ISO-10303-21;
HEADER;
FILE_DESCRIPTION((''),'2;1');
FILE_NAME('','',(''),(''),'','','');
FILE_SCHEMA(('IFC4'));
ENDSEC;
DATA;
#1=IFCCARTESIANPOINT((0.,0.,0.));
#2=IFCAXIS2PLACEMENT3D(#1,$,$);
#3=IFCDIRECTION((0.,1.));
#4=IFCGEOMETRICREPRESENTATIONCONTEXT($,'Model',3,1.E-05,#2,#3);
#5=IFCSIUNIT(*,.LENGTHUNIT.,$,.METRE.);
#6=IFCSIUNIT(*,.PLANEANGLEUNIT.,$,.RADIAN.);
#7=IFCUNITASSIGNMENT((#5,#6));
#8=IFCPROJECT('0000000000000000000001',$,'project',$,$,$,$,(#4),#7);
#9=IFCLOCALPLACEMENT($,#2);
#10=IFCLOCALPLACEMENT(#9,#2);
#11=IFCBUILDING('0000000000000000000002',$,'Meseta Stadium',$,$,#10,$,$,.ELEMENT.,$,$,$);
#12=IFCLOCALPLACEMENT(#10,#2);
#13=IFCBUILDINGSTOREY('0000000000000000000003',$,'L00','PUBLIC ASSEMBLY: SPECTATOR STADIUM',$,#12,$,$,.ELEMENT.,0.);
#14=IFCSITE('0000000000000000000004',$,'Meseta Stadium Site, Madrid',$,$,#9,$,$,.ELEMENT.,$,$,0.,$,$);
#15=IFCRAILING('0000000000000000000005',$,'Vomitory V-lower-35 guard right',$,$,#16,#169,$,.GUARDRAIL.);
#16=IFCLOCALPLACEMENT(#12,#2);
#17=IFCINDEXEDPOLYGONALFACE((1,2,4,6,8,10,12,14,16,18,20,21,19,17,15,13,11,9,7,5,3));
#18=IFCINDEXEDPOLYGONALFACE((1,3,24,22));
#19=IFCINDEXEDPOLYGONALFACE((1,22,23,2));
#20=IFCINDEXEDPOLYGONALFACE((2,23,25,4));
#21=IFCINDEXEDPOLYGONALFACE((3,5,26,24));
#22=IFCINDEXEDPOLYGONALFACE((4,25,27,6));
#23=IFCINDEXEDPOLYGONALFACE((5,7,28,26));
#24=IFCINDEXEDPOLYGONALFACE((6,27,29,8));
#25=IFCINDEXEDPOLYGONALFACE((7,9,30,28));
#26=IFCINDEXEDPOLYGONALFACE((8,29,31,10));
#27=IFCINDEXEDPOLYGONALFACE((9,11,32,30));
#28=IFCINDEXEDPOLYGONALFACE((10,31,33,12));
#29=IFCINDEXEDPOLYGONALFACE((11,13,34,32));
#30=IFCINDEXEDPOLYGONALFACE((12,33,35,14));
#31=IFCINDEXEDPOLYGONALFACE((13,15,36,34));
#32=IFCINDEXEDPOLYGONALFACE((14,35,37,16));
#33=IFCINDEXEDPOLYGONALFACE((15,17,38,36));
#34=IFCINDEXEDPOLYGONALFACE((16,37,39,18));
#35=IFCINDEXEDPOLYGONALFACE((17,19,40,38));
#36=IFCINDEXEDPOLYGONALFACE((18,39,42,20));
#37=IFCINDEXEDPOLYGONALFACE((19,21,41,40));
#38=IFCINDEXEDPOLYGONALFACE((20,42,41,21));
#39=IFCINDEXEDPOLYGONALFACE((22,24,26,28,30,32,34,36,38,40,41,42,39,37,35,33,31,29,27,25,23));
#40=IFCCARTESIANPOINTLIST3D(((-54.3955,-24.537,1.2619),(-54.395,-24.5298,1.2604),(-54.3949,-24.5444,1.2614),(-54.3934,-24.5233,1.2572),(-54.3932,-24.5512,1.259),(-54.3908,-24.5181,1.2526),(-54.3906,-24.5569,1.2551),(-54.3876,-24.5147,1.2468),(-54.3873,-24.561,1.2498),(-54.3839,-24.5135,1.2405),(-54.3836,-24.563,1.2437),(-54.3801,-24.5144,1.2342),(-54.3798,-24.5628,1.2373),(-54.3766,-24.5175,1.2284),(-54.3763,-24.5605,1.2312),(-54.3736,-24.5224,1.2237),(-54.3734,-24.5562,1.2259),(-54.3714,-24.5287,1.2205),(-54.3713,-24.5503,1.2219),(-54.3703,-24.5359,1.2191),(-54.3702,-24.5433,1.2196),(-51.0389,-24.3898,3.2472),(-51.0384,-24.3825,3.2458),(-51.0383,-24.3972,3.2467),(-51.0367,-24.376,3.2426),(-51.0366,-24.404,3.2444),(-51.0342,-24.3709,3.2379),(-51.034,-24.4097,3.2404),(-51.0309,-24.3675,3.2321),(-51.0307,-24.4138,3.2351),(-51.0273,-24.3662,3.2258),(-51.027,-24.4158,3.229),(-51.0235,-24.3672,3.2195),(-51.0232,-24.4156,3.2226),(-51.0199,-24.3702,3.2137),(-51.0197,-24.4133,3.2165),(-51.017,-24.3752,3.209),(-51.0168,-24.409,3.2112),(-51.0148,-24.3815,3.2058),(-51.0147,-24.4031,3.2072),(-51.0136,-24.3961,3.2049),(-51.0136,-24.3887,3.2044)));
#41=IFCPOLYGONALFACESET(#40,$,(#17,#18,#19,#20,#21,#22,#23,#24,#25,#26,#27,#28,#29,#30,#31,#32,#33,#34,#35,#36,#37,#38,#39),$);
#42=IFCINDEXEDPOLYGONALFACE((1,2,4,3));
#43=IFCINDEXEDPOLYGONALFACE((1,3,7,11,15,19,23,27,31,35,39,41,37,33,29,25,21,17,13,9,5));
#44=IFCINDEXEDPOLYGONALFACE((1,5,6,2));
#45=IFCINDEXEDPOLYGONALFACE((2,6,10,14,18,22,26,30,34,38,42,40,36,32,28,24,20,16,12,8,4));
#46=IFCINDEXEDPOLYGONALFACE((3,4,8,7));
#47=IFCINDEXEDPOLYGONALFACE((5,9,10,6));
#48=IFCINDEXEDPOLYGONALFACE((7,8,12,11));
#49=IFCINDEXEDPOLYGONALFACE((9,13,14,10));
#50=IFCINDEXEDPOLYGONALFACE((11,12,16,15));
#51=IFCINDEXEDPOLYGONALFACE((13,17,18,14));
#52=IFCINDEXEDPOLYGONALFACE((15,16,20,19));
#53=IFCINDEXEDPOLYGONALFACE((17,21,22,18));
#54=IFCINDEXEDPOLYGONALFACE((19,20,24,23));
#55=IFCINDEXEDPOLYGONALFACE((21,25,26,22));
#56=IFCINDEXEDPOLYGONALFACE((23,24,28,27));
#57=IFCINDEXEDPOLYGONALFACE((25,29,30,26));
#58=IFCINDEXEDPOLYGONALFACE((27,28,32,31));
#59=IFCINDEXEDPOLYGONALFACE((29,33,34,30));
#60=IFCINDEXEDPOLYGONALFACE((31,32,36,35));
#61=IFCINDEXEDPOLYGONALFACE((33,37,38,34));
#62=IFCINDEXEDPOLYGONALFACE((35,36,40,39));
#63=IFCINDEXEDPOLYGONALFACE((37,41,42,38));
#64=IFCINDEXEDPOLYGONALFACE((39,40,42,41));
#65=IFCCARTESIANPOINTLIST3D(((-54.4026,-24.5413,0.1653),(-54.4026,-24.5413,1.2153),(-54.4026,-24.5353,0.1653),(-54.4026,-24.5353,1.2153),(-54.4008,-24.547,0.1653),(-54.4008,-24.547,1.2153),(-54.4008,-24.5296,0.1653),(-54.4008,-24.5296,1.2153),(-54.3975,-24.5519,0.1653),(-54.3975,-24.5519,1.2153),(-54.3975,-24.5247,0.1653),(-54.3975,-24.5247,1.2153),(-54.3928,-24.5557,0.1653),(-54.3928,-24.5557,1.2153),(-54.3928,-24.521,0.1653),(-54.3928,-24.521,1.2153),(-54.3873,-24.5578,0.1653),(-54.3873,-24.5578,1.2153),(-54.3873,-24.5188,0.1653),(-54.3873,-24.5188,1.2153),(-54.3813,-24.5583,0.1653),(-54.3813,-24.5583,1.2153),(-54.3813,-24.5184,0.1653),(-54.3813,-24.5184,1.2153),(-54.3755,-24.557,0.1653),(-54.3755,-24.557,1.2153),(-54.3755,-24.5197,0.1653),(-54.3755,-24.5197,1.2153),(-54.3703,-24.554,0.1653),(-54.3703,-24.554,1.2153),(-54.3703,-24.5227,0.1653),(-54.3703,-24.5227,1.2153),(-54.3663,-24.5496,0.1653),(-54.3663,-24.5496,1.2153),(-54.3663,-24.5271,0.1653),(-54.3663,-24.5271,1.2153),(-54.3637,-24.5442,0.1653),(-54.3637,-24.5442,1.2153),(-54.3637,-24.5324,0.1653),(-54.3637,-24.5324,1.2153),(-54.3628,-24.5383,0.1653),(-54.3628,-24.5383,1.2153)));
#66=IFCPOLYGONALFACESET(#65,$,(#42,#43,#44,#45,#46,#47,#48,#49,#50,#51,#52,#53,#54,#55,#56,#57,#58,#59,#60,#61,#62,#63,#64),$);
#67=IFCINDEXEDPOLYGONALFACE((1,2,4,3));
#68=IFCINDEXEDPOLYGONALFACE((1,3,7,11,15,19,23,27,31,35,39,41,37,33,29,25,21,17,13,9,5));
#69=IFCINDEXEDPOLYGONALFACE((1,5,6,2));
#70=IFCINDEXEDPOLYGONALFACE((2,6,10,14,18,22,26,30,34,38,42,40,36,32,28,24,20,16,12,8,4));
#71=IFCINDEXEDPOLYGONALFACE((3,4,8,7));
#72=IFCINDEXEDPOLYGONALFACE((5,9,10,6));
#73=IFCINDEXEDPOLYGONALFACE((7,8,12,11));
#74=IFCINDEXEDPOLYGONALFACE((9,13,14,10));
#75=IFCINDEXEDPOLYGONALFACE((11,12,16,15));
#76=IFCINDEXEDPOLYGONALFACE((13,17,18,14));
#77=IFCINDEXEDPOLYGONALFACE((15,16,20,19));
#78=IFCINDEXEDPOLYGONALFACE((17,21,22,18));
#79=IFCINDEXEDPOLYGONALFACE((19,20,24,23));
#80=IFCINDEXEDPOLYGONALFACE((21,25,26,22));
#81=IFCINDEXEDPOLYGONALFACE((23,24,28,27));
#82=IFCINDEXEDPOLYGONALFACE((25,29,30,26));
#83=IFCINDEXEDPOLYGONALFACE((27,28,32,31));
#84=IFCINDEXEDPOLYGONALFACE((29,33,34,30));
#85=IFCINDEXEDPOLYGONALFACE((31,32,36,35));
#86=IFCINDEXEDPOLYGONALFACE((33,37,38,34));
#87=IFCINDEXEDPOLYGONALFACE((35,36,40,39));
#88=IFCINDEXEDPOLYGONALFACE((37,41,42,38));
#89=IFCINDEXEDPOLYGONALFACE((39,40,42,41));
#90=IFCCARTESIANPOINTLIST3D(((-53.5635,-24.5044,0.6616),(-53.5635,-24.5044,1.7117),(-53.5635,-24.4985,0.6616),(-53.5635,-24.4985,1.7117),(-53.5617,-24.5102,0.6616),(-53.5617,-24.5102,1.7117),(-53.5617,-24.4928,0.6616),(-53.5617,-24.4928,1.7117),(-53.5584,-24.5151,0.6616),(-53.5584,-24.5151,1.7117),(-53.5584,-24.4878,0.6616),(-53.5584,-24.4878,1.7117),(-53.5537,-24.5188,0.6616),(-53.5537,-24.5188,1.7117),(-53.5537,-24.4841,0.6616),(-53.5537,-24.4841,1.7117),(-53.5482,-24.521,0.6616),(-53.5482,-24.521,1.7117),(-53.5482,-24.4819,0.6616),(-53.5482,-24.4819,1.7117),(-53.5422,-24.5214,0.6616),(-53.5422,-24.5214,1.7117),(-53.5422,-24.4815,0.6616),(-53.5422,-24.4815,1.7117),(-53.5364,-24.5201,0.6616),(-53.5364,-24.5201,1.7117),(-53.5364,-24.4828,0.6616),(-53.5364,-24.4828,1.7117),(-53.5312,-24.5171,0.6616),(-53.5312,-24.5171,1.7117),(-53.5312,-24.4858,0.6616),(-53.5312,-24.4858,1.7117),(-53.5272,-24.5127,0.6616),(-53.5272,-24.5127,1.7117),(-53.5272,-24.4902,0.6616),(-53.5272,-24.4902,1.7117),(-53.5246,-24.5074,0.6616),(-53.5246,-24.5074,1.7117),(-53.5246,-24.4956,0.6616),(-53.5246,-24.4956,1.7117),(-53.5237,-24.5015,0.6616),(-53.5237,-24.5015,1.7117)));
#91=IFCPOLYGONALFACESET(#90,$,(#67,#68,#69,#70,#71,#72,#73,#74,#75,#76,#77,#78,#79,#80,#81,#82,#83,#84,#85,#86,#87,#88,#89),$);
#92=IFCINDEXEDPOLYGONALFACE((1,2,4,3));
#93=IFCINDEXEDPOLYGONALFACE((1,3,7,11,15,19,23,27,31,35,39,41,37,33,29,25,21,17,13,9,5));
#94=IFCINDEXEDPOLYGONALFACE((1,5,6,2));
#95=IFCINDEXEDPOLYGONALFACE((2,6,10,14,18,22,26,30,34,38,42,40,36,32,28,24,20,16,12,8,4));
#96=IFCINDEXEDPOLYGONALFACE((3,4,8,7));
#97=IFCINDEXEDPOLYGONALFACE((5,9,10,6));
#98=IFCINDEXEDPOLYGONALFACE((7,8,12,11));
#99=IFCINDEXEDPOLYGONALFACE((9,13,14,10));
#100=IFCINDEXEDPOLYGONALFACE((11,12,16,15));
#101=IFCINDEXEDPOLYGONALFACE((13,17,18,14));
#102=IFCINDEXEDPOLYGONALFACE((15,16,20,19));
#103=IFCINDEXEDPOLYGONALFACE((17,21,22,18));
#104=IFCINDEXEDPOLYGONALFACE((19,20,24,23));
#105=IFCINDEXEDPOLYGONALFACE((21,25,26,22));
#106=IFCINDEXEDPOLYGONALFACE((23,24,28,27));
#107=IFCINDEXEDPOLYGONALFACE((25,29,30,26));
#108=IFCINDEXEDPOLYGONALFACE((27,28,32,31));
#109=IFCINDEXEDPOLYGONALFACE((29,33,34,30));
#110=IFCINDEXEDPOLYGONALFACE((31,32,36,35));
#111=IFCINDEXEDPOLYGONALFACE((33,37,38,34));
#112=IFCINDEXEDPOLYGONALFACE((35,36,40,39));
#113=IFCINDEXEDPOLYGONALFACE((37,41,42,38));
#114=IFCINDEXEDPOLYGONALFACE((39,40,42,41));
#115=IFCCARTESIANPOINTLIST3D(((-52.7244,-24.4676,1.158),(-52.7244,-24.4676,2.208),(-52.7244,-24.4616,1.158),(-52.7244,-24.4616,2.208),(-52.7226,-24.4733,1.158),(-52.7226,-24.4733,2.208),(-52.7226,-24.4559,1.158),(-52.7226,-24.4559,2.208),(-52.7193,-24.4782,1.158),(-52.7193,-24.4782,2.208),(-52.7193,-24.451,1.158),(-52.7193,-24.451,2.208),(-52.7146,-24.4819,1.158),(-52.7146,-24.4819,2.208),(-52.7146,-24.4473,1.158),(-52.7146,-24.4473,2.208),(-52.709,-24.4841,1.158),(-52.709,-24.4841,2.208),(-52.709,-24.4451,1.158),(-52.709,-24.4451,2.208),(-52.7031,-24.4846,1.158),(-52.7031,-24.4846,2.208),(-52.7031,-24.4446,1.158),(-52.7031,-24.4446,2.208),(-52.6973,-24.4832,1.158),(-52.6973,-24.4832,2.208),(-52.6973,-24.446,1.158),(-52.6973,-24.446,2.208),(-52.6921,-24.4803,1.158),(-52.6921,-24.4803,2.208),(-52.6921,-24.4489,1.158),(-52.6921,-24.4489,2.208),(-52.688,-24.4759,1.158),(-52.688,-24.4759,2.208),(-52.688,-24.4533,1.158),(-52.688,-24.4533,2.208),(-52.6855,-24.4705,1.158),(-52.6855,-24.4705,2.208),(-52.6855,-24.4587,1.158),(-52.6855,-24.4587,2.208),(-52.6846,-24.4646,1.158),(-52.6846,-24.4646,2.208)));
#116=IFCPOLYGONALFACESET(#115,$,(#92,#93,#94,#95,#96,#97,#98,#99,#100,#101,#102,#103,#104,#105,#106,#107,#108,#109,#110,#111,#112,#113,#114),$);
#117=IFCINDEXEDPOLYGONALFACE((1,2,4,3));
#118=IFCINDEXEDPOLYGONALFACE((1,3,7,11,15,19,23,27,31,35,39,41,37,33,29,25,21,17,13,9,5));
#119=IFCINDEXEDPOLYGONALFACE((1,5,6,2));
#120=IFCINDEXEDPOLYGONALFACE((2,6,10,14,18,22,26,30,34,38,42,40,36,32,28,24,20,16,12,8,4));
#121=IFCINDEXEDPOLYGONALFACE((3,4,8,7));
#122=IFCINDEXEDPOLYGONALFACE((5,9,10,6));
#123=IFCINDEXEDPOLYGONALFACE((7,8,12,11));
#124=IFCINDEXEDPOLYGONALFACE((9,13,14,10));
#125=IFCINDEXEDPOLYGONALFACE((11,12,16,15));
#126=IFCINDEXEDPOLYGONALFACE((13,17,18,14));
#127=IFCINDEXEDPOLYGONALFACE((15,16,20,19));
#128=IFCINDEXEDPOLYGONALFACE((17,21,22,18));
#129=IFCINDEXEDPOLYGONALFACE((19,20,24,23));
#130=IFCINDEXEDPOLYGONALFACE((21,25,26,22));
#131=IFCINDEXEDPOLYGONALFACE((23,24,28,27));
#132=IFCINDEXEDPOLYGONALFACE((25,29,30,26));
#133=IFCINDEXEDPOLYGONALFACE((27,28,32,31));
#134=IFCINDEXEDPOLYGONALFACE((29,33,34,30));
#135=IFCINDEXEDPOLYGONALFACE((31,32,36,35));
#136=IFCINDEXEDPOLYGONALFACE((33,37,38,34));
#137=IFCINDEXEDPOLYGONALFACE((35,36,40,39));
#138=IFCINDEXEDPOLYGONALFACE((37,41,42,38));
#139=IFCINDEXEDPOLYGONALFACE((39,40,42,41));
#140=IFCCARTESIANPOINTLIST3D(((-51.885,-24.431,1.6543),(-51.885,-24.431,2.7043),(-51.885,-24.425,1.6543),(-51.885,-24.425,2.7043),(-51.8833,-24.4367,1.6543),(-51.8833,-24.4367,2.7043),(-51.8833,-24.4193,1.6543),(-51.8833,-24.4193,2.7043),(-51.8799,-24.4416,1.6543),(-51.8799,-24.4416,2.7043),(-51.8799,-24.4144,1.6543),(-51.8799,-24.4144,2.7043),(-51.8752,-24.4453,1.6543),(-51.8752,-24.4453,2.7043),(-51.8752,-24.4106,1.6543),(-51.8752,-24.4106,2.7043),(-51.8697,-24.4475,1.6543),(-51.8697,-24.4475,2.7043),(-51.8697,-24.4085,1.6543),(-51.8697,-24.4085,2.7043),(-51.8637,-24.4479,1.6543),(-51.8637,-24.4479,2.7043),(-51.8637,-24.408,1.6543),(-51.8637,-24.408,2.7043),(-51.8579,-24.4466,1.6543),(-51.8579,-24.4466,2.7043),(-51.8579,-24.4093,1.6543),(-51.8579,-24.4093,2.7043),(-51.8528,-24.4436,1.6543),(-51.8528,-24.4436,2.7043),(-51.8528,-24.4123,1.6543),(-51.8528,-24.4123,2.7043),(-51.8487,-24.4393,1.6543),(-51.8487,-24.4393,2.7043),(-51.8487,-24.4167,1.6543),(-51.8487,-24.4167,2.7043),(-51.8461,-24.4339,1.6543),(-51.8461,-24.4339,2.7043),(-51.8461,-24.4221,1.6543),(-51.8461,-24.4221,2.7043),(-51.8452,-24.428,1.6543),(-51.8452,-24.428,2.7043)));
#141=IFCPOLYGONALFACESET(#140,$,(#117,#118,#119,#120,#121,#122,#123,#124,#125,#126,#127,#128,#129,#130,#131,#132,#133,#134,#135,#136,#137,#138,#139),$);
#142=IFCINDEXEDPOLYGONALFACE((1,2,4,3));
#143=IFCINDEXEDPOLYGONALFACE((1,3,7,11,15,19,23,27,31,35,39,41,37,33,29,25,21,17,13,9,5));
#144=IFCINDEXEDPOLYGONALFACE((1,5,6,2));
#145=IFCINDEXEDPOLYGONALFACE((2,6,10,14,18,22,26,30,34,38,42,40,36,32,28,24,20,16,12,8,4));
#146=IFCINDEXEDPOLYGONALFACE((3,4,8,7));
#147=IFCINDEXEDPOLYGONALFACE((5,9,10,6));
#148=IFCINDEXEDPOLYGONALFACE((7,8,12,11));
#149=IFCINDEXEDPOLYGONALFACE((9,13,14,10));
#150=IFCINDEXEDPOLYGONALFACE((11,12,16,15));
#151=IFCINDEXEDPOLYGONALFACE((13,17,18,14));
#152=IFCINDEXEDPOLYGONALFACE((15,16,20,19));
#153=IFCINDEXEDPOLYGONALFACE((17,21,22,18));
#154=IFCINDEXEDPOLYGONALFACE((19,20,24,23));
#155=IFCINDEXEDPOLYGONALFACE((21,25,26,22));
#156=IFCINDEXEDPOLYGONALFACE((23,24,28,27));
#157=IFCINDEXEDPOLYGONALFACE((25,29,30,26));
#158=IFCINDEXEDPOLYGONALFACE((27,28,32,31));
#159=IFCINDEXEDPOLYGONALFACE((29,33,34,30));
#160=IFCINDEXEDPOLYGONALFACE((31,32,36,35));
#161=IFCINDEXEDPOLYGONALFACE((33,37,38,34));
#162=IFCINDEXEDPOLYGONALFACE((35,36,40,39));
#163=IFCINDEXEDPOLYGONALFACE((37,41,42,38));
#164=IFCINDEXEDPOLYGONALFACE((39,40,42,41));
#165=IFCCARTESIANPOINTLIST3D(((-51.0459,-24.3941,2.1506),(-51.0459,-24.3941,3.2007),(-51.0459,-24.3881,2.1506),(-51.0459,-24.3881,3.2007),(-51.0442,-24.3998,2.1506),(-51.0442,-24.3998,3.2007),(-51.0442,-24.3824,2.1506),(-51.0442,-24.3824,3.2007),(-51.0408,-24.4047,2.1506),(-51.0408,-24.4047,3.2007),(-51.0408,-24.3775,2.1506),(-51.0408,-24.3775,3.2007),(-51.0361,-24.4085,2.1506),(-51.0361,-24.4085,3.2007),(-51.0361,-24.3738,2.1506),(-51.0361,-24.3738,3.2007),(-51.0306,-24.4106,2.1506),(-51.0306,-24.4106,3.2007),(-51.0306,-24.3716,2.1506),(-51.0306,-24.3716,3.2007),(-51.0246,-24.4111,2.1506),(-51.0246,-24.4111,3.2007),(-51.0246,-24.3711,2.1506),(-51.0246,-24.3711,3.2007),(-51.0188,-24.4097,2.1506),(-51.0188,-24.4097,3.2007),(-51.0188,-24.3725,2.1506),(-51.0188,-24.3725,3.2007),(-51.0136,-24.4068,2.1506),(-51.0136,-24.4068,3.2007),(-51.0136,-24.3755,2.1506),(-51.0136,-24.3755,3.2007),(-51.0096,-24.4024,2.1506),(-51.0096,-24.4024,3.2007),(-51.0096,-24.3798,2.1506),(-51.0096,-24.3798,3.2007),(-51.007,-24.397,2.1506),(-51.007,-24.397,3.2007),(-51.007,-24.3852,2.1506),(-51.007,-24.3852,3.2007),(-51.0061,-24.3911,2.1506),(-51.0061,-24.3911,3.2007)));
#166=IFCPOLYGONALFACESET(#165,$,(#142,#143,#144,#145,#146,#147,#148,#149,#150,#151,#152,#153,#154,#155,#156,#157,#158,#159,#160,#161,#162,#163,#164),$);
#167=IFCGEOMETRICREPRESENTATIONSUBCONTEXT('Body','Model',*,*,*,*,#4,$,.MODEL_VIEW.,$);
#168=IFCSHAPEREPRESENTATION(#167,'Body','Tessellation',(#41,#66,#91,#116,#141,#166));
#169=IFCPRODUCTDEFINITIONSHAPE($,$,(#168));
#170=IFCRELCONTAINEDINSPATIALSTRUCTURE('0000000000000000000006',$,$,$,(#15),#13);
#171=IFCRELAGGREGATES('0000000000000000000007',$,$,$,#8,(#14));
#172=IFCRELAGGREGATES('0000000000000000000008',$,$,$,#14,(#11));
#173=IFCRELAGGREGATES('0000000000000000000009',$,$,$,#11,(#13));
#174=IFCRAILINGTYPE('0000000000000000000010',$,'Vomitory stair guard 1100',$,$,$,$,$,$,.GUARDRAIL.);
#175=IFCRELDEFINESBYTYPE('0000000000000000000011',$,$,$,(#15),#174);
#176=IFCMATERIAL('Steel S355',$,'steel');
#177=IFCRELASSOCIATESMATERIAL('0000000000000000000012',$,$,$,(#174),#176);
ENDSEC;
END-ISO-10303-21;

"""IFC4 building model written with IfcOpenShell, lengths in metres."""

from ifc_helpers import new_model, si_unit, direction, frame, origin, origin_2d, place, context, subcontext, project, spatial, circle, extrude, material, type_object, element, save


model = new_model("IFC4")

# Units and contexts
model_context = context("Model", 3, precision=1e-05, world=origin(), true_north=direction((0.0, 1.0)))
body_context = subcontext(model_context, "Body", "Model", "MODEL_VIEW")
ifc_project = project(units=[si_unit("LENGTHUNIT", "METRE"), si_unit("PLANEANGLEUNIT", "RADIAN")], contexts=[model_context])

# Site, building, storey
site_placement = place(None, origin())
site = spatial("IfcSite", under=ifc_project, at=site_placement, Name="Meseta Stadium Site, Madrid", CompositionType="ELEMENT", RefElevation=0.0)
building_placement = place(site_placement, origin())
building = spatial("IfcBuilding", under=site, at=building_placement, Name="Meseta Stadium", CompositionType="ELEMENT")
storey_placement = place(building_placement, origin())
storey = spatial("IfcBuildingStorey", under=building, at=storey_placement, Name="L00", Description="PUBLIC ASSEMBLY: SPECTATOR STADIUM", CompositionType="ELEMENT", Elevation=0.0)

# Railing
ifc_material_1 = material(Name="Steel S355", Category="steel")
railing_type_1 = type_object("IfcRailingType", Name="Vomitory stair guard 1100", PredefinedType="GUARDRAIL", material=ifc_material_1)
for number, where, name in (
    (1, (-54.3828, -24.5383, 0.1653), "Vomitory V-lower-35 guard right"),
):
    element("IfcRailing", number, at=place(storey_placement, frame(where)), inside=storey, type_object=railing_type_1, Name=name, PredefinedType="GUARDRAIL", context=body_context, shape_type="SweptSolid", body=[
        extrude(circle(Radius=0.0249, at=origin_2d()), frame((0.0, 0.0, 1.0752), z_axis=(0.860106, 0.037722, 0.508719), x_axis=(-0.043816, 0.99904, 0.0)), (0.0, 0.0, 1.0), 3.9026),
        extrude(circle(Radius=0.02, at=origin_2d()), origin(), (0.0, 0.0, 1.0), 1.05),
        extrude(circle(Radius=0.02, at=origin_2d()), frame((0.8391, 0.0369, 0.4963)), (0.0, 0.0, 1.0), 1.05),
        extrude(circle(Radius=0.02, at=origin_2d()), frame((1.6782, 0.0737, 0.9927)), (0.0, 0.0, 1.0), 1.05),
        extrude(circle(Radius=0.02, at=origin_2d()), frame((2.5176, 0.1104, 1.489)), (0.0, 0.0, 1.0), 1.05),
        extrude(circle(Radius=0.02, at=origin_2d()), frame((3.3567, 0.1472, 1.9854)), (0.0, 0.0, 1.0), 1.05),
    ])

save(model, "model.ifc")
